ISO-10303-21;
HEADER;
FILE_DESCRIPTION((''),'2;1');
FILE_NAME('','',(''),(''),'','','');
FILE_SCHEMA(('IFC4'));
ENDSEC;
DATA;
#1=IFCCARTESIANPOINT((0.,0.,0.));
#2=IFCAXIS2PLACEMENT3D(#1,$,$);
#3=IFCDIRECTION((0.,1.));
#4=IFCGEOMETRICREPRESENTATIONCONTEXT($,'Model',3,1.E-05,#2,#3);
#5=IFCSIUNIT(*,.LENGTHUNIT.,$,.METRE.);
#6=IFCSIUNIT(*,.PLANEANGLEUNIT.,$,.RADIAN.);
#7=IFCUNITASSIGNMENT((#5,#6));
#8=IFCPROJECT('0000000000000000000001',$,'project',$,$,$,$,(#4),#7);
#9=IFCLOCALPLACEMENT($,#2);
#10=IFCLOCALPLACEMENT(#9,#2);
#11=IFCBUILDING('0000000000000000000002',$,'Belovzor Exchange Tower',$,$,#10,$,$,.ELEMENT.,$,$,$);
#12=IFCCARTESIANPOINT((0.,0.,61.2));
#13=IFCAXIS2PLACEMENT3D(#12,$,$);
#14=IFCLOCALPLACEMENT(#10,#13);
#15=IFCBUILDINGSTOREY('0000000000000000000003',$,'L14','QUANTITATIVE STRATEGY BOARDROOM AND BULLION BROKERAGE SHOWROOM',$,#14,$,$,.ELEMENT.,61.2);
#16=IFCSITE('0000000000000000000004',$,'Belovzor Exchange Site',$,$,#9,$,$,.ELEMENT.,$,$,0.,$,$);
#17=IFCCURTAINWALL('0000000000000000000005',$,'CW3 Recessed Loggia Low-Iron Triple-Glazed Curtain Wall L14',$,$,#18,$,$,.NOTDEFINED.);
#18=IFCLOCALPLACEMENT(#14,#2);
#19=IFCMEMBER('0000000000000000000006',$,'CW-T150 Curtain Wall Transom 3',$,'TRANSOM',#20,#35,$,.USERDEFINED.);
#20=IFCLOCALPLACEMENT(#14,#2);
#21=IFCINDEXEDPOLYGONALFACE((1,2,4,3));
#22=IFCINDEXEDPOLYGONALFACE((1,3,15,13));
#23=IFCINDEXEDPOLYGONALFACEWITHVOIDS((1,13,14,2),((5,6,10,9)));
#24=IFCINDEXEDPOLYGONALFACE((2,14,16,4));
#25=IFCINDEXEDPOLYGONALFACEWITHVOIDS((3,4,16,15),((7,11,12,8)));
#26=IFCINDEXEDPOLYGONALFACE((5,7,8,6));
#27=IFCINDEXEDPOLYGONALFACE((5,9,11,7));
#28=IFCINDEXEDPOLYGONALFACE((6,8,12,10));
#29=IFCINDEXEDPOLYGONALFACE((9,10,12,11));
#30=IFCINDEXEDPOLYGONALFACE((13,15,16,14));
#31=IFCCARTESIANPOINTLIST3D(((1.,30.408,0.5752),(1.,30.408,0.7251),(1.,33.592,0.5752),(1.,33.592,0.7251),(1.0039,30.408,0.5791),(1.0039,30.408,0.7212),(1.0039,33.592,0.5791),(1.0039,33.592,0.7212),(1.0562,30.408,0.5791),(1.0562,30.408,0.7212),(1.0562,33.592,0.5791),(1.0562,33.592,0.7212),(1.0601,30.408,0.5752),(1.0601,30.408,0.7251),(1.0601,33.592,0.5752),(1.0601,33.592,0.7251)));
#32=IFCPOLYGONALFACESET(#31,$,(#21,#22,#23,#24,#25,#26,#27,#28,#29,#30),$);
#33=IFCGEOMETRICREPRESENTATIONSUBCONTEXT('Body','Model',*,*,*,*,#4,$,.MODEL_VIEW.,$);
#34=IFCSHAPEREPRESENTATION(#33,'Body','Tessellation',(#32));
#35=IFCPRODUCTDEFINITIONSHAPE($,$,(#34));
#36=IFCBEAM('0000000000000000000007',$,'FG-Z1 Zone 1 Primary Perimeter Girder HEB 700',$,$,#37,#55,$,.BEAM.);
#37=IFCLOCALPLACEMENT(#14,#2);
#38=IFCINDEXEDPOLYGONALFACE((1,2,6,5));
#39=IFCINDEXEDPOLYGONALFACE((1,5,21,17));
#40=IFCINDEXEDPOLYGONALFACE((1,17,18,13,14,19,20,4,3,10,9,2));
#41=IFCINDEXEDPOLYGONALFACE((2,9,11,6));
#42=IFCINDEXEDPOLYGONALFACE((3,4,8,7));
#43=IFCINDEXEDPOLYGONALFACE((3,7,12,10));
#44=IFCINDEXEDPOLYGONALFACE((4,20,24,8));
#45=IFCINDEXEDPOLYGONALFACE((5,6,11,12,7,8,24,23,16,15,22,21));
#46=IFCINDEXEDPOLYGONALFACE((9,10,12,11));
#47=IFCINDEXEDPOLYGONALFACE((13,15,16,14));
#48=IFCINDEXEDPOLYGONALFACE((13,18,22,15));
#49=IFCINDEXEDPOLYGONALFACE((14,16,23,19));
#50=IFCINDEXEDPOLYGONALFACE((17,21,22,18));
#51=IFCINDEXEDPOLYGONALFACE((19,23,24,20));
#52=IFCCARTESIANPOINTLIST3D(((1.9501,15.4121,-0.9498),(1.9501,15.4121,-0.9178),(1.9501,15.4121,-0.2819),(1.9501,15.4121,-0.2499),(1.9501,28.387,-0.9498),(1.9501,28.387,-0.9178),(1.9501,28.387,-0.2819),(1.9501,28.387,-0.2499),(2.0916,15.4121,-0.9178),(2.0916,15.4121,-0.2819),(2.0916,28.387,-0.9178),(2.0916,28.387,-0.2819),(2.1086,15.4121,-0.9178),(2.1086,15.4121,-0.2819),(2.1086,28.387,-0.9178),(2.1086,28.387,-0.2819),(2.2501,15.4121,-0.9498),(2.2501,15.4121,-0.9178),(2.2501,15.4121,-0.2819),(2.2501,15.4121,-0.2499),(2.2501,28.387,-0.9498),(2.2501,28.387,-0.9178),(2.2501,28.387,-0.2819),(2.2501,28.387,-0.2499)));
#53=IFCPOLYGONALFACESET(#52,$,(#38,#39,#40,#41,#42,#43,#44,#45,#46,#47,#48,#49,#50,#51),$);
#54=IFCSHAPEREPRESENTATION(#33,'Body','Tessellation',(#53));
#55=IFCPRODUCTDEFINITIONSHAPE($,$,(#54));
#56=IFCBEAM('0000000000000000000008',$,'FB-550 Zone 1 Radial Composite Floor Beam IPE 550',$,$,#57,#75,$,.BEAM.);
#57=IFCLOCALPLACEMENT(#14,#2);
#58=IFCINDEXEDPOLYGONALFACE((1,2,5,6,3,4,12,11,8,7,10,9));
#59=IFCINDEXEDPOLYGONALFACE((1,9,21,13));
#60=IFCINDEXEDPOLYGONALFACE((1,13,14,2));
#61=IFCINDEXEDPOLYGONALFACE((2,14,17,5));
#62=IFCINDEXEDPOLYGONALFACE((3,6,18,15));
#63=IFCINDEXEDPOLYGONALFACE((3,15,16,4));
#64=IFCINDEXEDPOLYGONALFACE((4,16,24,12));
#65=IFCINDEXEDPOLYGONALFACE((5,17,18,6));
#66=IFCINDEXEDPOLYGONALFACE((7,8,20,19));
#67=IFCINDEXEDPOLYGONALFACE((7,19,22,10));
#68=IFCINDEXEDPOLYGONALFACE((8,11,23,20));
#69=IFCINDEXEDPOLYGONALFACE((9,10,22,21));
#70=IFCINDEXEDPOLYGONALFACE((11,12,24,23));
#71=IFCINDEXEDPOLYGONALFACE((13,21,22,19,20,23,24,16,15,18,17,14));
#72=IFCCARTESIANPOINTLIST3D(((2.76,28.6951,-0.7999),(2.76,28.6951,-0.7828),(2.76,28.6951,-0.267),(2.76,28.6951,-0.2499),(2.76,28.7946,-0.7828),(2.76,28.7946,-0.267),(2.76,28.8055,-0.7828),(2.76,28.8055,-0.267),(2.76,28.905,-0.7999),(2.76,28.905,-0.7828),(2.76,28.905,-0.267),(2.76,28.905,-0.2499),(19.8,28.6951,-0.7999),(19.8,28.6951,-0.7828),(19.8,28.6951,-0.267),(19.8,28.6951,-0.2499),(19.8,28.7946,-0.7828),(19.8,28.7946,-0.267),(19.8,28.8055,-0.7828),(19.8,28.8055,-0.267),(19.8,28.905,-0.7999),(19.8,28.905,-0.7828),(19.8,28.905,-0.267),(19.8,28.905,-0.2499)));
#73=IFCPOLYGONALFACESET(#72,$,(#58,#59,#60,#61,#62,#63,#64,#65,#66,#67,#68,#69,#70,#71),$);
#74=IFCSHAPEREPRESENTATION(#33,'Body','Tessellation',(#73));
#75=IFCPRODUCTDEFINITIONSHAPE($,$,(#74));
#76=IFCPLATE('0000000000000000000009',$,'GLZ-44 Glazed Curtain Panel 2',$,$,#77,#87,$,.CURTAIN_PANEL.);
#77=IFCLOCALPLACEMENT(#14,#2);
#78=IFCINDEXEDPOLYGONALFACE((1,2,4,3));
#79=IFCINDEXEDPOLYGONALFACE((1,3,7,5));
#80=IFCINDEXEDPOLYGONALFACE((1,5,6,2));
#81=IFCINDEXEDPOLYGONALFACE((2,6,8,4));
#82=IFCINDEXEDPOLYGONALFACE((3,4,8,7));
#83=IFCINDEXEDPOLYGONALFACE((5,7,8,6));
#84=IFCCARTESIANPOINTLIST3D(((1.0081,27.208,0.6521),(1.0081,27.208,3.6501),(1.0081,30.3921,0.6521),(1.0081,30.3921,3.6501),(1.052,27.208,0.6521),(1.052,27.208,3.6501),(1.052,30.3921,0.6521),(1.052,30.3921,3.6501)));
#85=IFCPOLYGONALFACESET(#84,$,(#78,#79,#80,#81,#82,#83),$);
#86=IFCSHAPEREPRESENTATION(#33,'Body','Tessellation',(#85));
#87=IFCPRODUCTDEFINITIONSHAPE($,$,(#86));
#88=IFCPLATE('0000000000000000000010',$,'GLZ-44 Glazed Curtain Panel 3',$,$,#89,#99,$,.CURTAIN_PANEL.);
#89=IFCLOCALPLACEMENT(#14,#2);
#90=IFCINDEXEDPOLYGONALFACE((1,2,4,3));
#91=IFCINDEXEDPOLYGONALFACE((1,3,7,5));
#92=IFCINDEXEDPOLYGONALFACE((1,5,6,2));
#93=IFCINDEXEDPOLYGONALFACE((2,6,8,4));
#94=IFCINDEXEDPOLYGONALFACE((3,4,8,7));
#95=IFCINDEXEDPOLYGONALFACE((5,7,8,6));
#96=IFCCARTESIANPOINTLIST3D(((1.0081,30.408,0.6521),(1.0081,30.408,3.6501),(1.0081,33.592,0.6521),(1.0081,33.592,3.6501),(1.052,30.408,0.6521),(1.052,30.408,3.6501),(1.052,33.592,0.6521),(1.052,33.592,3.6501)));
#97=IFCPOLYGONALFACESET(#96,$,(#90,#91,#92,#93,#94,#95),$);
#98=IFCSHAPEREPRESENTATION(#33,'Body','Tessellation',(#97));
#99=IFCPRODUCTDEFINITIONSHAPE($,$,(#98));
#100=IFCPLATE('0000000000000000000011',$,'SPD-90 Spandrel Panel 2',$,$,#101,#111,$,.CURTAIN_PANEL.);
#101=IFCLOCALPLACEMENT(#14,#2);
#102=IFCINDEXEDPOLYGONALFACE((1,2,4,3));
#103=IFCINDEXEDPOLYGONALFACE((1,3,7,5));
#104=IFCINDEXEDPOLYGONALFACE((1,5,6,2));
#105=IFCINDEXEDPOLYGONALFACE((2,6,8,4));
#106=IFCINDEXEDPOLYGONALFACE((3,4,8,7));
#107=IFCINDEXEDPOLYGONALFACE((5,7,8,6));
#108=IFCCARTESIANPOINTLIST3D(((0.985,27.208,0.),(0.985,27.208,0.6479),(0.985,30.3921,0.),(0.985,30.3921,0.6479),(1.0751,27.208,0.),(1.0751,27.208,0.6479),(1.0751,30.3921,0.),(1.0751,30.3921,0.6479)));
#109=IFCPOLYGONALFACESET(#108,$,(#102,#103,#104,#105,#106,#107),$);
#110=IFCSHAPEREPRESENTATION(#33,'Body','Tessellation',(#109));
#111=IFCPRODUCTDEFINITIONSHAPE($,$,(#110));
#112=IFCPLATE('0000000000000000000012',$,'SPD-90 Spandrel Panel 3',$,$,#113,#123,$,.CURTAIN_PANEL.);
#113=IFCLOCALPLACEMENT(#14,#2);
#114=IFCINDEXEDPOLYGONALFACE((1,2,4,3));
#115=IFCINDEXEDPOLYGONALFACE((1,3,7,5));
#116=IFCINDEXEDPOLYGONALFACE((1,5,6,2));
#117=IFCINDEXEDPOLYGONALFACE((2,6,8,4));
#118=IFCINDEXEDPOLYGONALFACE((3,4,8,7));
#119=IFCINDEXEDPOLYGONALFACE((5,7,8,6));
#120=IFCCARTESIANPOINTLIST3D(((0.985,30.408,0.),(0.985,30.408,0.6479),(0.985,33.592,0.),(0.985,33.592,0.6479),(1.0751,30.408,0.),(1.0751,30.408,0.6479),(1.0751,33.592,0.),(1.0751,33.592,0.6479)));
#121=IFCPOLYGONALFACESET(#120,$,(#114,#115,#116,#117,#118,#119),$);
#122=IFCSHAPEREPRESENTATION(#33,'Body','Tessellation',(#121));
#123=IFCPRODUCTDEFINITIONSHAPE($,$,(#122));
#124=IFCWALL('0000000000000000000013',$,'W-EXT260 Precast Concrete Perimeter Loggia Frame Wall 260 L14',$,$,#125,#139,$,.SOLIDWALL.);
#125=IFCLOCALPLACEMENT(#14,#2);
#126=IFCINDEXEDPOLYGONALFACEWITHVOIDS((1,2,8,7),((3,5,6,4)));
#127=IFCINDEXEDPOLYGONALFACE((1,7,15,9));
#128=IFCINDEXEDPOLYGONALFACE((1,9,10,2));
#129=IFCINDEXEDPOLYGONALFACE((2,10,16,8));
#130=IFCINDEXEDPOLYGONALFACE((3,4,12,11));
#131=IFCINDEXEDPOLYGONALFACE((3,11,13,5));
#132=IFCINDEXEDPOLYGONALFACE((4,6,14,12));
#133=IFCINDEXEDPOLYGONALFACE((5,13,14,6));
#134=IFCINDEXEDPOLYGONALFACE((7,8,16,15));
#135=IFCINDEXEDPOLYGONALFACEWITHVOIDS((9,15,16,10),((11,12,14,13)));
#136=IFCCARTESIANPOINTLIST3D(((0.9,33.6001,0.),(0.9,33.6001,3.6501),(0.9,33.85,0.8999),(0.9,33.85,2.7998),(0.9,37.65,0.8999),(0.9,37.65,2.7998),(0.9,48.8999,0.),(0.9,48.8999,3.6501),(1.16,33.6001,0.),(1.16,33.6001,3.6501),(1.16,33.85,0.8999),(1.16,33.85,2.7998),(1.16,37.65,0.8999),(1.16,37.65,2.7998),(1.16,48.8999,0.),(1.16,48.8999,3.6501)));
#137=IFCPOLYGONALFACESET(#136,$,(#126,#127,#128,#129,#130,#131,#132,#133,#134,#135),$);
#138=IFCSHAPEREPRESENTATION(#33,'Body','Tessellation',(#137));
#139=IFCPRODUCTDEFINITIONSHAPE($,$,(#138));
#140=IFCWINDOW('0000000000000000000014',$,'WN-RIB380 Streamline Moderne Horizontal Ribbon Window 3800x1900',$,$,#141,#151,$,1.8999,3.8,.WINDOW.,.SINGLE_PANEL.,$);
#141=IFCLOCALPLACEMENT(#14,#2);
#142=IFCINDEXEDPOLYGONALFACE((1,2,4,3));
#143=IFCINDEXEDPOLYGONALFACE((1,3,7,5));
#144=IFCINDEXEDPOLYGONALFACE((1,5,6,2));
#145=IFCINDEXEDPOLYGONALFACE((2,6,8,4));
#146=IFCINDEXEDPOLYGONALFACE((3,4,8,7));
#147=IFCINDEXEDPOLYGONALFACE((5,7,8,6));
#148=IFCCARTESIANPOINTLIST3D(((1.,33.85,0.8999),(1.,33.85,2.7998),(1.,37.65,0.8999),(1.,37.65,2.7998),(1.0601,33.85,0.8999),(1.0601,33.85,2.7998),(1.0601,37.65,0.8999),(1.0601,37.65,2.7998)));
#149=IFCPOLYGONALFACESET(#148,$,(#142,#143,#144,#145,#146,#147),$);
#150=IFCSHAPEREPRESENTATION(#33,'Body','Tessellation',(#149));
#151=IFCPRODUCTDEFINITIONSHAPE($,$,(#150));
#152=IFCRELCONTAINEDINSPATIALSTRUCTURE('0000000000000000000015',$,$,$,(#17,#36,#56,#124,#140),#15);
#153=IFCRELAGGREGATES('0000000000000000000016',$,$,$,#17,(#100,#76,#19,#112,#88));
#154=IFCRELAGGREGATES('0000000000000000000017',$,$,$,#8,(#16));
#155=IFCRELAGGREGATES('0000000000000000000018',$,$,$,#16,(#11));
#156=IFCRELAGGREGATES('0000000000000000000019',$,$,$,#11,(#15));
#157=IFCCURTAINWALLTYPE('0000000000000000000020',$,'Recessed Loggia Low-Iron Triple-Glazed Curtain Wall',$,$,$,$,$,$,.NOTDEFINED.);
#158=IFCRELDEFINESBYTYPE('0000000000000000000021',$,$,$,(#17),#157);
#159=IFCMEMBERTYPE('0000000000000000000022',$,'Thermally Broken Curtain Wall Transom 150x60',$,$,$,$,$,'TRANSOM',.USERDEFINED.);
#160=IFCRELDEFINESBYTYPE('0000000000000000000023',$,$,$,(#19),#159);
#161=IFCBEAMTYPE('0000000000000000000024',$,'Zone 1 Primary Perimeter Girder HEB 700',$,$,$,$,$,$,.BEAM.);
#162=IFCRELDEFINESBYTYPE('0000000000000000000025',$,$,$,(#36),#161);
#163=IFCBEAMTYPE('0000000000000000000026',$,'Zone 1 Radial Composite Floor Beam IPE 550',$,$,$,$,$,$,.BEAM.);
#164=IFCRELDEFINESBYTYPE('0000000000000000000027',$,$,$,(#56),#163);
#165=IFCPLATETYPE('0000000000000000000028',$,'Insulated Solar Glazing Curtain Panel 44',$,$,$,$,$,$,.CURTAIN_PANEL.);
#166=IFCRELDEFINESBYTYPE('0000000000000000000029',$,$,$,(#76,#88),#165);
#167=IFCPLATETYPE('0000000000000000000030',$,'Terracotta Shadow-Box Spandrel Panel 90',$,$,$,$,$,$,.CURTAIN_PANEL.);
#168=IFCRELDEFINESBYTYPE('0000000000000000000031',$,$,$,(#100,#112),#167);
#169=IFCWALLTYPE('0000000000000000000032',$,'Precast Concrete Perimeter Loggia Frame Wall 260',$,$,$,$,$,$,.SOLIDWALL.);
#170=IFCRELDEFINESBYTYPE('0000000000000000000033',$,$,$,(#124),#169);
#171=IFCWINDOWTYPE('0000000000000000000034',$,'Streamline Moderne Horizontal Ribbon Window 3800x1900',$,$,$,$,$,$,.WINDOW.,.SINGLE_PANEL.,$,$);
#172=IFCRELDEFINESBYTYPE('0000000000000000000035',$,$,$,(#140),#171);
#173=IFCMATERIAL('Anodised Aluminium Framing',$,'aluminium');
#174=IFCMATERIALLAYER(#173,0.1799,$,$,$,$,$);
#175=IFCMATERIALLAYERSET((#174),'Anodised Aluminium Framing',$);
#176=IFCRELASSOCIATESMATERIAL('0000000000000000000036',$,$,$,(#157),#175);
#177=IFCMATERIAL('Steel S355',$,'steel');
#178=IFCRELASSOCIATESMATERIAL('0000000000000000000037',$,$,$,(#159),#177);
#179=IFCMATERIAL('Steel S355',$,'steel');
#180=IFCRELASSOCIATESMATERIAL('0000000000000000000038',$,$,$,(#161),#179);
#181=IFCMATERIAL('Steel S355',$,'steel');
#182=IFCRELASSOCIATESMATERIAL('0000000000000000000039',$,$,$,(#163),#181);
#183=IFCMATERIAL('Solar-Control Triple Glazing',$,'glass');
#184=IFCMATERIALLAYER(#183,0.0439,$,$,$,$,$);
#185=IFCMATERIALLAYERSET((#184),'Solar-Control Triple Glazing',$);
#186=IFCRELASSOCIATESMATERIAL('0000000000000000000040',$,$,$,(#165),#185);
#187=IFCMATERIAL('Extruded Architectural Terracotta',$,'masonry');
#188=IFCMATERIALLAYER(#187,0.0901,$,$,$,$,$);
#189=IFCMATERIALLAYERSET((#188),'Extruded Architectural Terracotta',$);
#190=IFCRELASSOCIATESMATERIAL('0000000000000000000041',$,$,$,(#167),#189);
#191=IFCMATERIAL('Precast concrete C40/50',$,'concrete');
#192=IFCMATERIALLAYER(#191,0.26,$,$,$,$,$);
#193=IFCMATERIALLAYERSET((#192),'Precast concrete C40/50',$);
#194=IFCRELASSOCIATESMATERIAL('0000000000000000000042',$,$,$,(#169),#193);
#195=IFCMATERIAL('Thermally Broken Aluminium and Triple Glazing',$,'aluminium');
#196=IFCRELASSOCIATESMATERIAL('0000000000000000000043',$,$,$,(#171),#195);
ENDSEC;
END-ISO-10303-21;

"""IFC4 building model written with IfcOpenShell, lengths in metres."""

from ifc_helpers import new_model, si_unit, direction, frame, frame_2d, origin, origin_2d, place, context, subcontext, project, spatial, rectangle, hollow_rectangle, i_section, extrude, material, layer, layer_set, material_profile, profile_set, type_object, element, fill, aggregate, save


model = new_model("IFC4")

# Units and contexts
model_context = context("Model", 3, precision=1e-05, world=origin(), true_north=direction((0.0, 1.0)))
body_context = subcontext(model_context, "Body", "Model", "MODEL_VIEW")
ifc_project = project(units=[si_unit("LENGTHUNIT", "METRE"), si_unit("PLANEANGLEUNIT", "RADIAN")], contexts=[model_context])

# Site, building, storey
site_placement = place(None, origin())
site = spatial("IfcSite", under=ifc_project, at=site_placement, Name="Belovzor Exchange Site", CompositionType="ELEMENT", RefElevation=0.0)
building_placement = place(site_placement, origin())
building = spatial("IfcBuilding", under=site, at=building_placement, Name="Belovzor Exchange Tower", CompositionType="ELEMENT")
storey_placement = place(building_placement, frame((0.0, 0.0, 61.2)))
storey = spatial("IfcBuildingStorey", under=building, at=storey_placement, Name="L14", Description="QUANTITATIVE STRATEGY BOARDROOM AND BULLION BROKERAGE SHOWROOM", CompositionType="ELEMENT", Elevation=61.2)

# Curtain wall, member
ifc_material_1 = material(Name="Anodised Aluminium Framing", Category="aluminium")
ifc_layer_1 = layer(ifc_material_1, 0.1799)
ifc_layer_set_1 = layer_set([ifc_layer_1], Name="Anodised Aluminium Framing")
curtain_wall_type = type_object("IfcCurtainWallType", Name="Recessed Loggia Low-Iron Triple-Glazed Curtain Wall", PredefinedType="NOTDEFINED", material=ifc_layer_set_1)
curtain_wall_placement = place(storey_placement, origin())
curtain_wall = element("IfcCurtainWall", 1, at=curtain_wall_placement, inside=storey, type_object=curtain_wall_type, Name="CW3 Recessed Loggia Low-Iron Triple-Glazed Curtain Wall L14", PredefinedType="NOTDEFINED")
ifc_material_2 = material(Name="Steel S355", Category="steel")
ifc_material_profile_1 = material_profile(ifc_material_2, hollow_rectangle(XDim=0.0601, YDim=0.1499, WallThickness=0.0039, at=origin_2d()))
ifc_profile_set_1 = profile_set([ifc_material_profile_1], Name="Steel S355")
member_type_1 = type_object("IfcMemberType", Name="Thermally Broken Curtain Wall Transom 150x60", ElementType="TRANSOM", PredefinedType="USERDEFINED", material=ifc_profile_set_1)
member_1_placement = place(storey_placement, frame((1.03, 30.408, 0.6501), z_axis=(0.0, 1.0, 0.0), x_axis=(-1.0, 0.0, 0.0)))
member_1 = element("IfcMember", 2, at=member_1_placement, type_object=member_type_1, Name="CW-T150 Curtain Wall Transom 3", ObjectType="TRANSOM", PredefinedType="USERDEFINED", context=body_context, shape_type="SweptSolid", body=[
    extrude(hollow_rectangle(XDim=0.0601, YDim=0.1499, WallThickness=0.0039, at=origin_2d()), origin(), (0.0, 0.0, 1.0), 3.1841),
])

# Beams
ifc_material_3 = material(Name="Steel S355", Category="steel")
ifc_material_profile_2 = material_profile(ifc_material_3, i_section(OverallWidth=0.3, OverallDepth=0.7, WebThickness=0.0171, FlangeThickness=0.032, at=origin_2d()))
ifc_profile_set_2 = profile_set([ifc_material_profile_2], Name="Steel S355")
beam_type_1 = type_object("IfcBeamType", Name="Zone 1 Primary Perimeter Girder HEB 700", PredefinedType="BEAM", material=ifc_profile_set_2)
beam_1_placement = place(storey_placement, frame((2.1001, 28.387, -0.5999), z_axis=(0.0, -1.0, 0.0), x_axis=(1.0, 0.0, 0.0)))
element("IfcBeam", 3, at=beam_1_placement, inside=storey, type_object=beam_type_1, Name="FG-Z1 Zone 1 Primary Perimeter Girder HEB 700", PredefinedType="BEAM", context=body_context, shape_type="SweptSolid", body=[
    extrude(i_section(OverallWidth=0.3, OverallDepth=0.7, WebThickness=0.0171, FlangeThickness=0.032, at=origin_2d()), origin(), (0.0, 0.0, 1.0), 12.9749),
])
ifc_material_4 = material(Name="Steel S355", Category="steel")
ifc_material_profile_3 = material_profile(ifc_material_4, i_section(OverallWidth=0.21, OverallDepth=0.55, WebThickness=0.011, FlangeThickness=0.0171, at=origin_2d()))
ifc_profile_set_3 = profile_set([ifc_material_profile_3], Name="Steel S355")
beam_type_2 = type_object("IfcBeamType", Name="Zone 1 Radial Composite Floor Beam IPE 550", PredefinedType="BEAM", material=ifc_profile_set_3)
beam_2_placement = place(storey_placement, frame((19.8, 28.8, -0.5249), z_axis=(-1.0, 0.0, 0.0), x_axis=(0.0, -1.0, 0.0)))
element("IfcBeam", 4, at=beam_2_placement, inside=storey, type_object=beam_type_2, Name="FB-550 Zone 1 Radial Composite Floor Beam IPE 550", PredefinedType="BEAM", context=body_context, shape_type="SweptSolid", body=[
    extrude(i_section(OverallWidth=0.21, OverallDepth=0.55, WebThickness=0.011, FlangeThickness=0.0171, at=origin_2d()), origin(), (0.0, 0.0, 1.0), 17.04),
])

# Plates
ifc_material_5 = material(Name="Solar-Control Triple Glazing", Category="glass")
ifc_layer_2 = layer(ifc_material_5, 0.0439)
ifc_layer_set_2 = layer_set([ifc_layer_2], Name="Solar-Control Triple Glazing")
plate_type_1 = type_object("IfcPlateType", Name="Insulated Solar Glazing Curtain Panel 44", PredefinedType="CURTAIN_PANEL", material=ifc_layer_set_2)
plate_1_placement = place(storey_placement, frame((1.03, 28.8, 0.6521), z_axis=(0.0, 0.0, 1.0), x_axis=(0.0, 1.0, 0.0)))
plate_1 = element("IfcPlate", 5, at=plate_1_placement, type_object=plate_type_1, Name="GLZ-44 Glazed Curtain Panel 2", PredefinedType="CURTAIN_PANEL", context=body_context, shape_type="SweptSolid", body=[
    extrude(rectangle(XDim=3.1841, YDim=0.0439, at=origin_2d()), origin(), (0.0, 0.0, 1.0), 2.998),
])
plate_2_placement = place(storey_placement, frame((1.03, 32.0, 0.6521), z_axis=(0.0, 0.0, 1.0), x_axis=(0.0, 1.0, 0.0)))
plate_2 = element("IfcPlate", 6, at=plate_2_placement, type_object=plate_type_1, Name="GLZ-44 Glazed Curtain Panel 3", PredefinedType="CURTAIN_PANEL", context=body_context, shape_type="SweptSolid", body=[
    extrude(rectangle(XDim=3.1841, YDim=0.0439, at=origin_2d()), origin(), (0.0, 0.0, 1.0), 2.998),
])
ifc_material_6 = material(Name="Extruded Architectural Terracotta", Category="masonry")
ifc_layer_3 = layer(ifc_material_6, 0.0901)
ifc_layer_set_3 = layer_set([ifc_layer_3], Name="Extruded Architectural Terracotta")
plate_type_2 = type_object("IfcPlateType", Name="Terracotta Shadow-Box Spandrel Panel 90", PredefinedType="CURTAIN_PANEL", material=ifc_layer_set_3)
plate_3_placement = place(storey_placement, frame((1.03, 28.8, 0.0), z_axis=(0.0, 0.0, 1.0), x_axis=(0.0, 1.0, 0.0)))
plate_3 = element("IfcPlate", 7, at=plate_3_placement, type_object=plate_type_2, Name="SPD-90 Spandrel Panel 2", PredefinedType="CURTAIN_PANEL", context=body_context, shape_type="SweptSolid", body=[
    extrude(rectangle(XDim=3.1841, YDim=0.0901, at=origin_2d()), origin(), (0.0, 0.0, 1.0), 0.6479),
])
plate_4_placement = place(storey_placement, frame((1.03, 32.0, 0.0), z_axis=(0.0, 0.0, 1.0), x_axis=(0.0, 1.0, 0.0)))
plate_4 = element("IfcPlate", 8, at=plate_4_placement, type_object=plate_type_2, Name="SPD-90 Spandrel Panel 3", PredefinedType="CURTAIN_PANEL", context=body_context, shape_type="SweptSolid", body=[
    extrude(rectangle(XDim=3.1841, YDim=0.0901, at=origin_2d()), origin(), (0.0, 0.0, 1.0), 0.6479),
])
aggregate(curtain_wall, [plate_3, plate_1, member_1, plate_4, plate_2])

# Wall, opening, window
ifc_material_7 = material(Name="Precast concrete C40/50", Category="concrete")
ifc_layer_4 = layer(ifc_material_7, 0.26)
ifc_layer_set_4 = layer_set([ifc_layer_4], Name="Precast concrete C40/50")
wall_type = type_object("IfcWallType", Name="Precast Concrete Perimeter Loggia Frame Wall 260", PredefinedType="SOLIDWALL", material=ifc_layer_set_4)
wall_placement = place(storey_placement, frame((1.03, 33.6001, 0.0), z_axis=(0.0, 0.0, 1.0), x_axis=(0.0, 1.0, 0.0)))
wall = element("IfcWall", 9, at=wall_placement, inside=storey, type_object=wall_type, Name="W-EXT260 Precast Concrete Perimeter Loggia Frame Wall 260 L14", PredefinedType="SOLIDWALL", context=body_context, shape_type="SweptSolid", body=[
    extrude(rectangle(XDim=15.2998, YDim=0.26, at=frame_2d((7.6499, 0.0))), origin(), (0.0, 0.0, 1.0), 3.6501),
])
opening_placement = place(wall_placement, frame((0.25, 0.0, 0.8999)))
opening = element("IfcOpeningElement", 10, at=opening_placement, cuts=wall, PredefinedType="OPENING", context=body_context, shape_type="SweptSolid", body=[
    extrude(rectangle(XDim=3.8, YDim=1.8999, at=frame_2d((1.8999, 0.95))), frame((0.0, 0.1399, 0.0), z_axis=(0.0, -1.0, 0.0), x_axis=(1.0, 0.0, 0.0)), (0.0, 0.0, 1.0), 0.28),
])
ifc_material_8 = material(Name="Thermally Broken Aluminium and Triple Glazing", Category="aluminium")
window_type = type_object("IfcWindowType", Name="Streamline Moderne Horizontal Ribbon Window 3800x1900", PartitioningType="SINGLE_PANEL", PredefinedType="WINDOW", material=ifc_material_8)
window_placement = place(opening_placement, origin())
window = element("IfcWindow", 11, at=window_placement, inside=storey, type_object=window_type, Name="WN-RIB380 Streamline Moderne Horizontal Ribbon Window 3800x1900", OverallHeight=1.8999, OverallWidth=3.8, PartitioningType="SINGLE_PANEL", PredefinedType="WINDOW", context=body_context, shape_type="SweptSolid", body=[
    extrude(rectangle(XDim=3.8, YDim=1.8999, at=frame_2d((1.8999, 0.95))), frame((0.0, 0.03, 0.0), z_axis=(0.0, -1.0, 0.0), x_axis=(1.0, 0.0, 0.0)), (0.0, 0.0, 1.0), 0.0601),
])
fill(opening, window)

save(model, "model.ifc")
